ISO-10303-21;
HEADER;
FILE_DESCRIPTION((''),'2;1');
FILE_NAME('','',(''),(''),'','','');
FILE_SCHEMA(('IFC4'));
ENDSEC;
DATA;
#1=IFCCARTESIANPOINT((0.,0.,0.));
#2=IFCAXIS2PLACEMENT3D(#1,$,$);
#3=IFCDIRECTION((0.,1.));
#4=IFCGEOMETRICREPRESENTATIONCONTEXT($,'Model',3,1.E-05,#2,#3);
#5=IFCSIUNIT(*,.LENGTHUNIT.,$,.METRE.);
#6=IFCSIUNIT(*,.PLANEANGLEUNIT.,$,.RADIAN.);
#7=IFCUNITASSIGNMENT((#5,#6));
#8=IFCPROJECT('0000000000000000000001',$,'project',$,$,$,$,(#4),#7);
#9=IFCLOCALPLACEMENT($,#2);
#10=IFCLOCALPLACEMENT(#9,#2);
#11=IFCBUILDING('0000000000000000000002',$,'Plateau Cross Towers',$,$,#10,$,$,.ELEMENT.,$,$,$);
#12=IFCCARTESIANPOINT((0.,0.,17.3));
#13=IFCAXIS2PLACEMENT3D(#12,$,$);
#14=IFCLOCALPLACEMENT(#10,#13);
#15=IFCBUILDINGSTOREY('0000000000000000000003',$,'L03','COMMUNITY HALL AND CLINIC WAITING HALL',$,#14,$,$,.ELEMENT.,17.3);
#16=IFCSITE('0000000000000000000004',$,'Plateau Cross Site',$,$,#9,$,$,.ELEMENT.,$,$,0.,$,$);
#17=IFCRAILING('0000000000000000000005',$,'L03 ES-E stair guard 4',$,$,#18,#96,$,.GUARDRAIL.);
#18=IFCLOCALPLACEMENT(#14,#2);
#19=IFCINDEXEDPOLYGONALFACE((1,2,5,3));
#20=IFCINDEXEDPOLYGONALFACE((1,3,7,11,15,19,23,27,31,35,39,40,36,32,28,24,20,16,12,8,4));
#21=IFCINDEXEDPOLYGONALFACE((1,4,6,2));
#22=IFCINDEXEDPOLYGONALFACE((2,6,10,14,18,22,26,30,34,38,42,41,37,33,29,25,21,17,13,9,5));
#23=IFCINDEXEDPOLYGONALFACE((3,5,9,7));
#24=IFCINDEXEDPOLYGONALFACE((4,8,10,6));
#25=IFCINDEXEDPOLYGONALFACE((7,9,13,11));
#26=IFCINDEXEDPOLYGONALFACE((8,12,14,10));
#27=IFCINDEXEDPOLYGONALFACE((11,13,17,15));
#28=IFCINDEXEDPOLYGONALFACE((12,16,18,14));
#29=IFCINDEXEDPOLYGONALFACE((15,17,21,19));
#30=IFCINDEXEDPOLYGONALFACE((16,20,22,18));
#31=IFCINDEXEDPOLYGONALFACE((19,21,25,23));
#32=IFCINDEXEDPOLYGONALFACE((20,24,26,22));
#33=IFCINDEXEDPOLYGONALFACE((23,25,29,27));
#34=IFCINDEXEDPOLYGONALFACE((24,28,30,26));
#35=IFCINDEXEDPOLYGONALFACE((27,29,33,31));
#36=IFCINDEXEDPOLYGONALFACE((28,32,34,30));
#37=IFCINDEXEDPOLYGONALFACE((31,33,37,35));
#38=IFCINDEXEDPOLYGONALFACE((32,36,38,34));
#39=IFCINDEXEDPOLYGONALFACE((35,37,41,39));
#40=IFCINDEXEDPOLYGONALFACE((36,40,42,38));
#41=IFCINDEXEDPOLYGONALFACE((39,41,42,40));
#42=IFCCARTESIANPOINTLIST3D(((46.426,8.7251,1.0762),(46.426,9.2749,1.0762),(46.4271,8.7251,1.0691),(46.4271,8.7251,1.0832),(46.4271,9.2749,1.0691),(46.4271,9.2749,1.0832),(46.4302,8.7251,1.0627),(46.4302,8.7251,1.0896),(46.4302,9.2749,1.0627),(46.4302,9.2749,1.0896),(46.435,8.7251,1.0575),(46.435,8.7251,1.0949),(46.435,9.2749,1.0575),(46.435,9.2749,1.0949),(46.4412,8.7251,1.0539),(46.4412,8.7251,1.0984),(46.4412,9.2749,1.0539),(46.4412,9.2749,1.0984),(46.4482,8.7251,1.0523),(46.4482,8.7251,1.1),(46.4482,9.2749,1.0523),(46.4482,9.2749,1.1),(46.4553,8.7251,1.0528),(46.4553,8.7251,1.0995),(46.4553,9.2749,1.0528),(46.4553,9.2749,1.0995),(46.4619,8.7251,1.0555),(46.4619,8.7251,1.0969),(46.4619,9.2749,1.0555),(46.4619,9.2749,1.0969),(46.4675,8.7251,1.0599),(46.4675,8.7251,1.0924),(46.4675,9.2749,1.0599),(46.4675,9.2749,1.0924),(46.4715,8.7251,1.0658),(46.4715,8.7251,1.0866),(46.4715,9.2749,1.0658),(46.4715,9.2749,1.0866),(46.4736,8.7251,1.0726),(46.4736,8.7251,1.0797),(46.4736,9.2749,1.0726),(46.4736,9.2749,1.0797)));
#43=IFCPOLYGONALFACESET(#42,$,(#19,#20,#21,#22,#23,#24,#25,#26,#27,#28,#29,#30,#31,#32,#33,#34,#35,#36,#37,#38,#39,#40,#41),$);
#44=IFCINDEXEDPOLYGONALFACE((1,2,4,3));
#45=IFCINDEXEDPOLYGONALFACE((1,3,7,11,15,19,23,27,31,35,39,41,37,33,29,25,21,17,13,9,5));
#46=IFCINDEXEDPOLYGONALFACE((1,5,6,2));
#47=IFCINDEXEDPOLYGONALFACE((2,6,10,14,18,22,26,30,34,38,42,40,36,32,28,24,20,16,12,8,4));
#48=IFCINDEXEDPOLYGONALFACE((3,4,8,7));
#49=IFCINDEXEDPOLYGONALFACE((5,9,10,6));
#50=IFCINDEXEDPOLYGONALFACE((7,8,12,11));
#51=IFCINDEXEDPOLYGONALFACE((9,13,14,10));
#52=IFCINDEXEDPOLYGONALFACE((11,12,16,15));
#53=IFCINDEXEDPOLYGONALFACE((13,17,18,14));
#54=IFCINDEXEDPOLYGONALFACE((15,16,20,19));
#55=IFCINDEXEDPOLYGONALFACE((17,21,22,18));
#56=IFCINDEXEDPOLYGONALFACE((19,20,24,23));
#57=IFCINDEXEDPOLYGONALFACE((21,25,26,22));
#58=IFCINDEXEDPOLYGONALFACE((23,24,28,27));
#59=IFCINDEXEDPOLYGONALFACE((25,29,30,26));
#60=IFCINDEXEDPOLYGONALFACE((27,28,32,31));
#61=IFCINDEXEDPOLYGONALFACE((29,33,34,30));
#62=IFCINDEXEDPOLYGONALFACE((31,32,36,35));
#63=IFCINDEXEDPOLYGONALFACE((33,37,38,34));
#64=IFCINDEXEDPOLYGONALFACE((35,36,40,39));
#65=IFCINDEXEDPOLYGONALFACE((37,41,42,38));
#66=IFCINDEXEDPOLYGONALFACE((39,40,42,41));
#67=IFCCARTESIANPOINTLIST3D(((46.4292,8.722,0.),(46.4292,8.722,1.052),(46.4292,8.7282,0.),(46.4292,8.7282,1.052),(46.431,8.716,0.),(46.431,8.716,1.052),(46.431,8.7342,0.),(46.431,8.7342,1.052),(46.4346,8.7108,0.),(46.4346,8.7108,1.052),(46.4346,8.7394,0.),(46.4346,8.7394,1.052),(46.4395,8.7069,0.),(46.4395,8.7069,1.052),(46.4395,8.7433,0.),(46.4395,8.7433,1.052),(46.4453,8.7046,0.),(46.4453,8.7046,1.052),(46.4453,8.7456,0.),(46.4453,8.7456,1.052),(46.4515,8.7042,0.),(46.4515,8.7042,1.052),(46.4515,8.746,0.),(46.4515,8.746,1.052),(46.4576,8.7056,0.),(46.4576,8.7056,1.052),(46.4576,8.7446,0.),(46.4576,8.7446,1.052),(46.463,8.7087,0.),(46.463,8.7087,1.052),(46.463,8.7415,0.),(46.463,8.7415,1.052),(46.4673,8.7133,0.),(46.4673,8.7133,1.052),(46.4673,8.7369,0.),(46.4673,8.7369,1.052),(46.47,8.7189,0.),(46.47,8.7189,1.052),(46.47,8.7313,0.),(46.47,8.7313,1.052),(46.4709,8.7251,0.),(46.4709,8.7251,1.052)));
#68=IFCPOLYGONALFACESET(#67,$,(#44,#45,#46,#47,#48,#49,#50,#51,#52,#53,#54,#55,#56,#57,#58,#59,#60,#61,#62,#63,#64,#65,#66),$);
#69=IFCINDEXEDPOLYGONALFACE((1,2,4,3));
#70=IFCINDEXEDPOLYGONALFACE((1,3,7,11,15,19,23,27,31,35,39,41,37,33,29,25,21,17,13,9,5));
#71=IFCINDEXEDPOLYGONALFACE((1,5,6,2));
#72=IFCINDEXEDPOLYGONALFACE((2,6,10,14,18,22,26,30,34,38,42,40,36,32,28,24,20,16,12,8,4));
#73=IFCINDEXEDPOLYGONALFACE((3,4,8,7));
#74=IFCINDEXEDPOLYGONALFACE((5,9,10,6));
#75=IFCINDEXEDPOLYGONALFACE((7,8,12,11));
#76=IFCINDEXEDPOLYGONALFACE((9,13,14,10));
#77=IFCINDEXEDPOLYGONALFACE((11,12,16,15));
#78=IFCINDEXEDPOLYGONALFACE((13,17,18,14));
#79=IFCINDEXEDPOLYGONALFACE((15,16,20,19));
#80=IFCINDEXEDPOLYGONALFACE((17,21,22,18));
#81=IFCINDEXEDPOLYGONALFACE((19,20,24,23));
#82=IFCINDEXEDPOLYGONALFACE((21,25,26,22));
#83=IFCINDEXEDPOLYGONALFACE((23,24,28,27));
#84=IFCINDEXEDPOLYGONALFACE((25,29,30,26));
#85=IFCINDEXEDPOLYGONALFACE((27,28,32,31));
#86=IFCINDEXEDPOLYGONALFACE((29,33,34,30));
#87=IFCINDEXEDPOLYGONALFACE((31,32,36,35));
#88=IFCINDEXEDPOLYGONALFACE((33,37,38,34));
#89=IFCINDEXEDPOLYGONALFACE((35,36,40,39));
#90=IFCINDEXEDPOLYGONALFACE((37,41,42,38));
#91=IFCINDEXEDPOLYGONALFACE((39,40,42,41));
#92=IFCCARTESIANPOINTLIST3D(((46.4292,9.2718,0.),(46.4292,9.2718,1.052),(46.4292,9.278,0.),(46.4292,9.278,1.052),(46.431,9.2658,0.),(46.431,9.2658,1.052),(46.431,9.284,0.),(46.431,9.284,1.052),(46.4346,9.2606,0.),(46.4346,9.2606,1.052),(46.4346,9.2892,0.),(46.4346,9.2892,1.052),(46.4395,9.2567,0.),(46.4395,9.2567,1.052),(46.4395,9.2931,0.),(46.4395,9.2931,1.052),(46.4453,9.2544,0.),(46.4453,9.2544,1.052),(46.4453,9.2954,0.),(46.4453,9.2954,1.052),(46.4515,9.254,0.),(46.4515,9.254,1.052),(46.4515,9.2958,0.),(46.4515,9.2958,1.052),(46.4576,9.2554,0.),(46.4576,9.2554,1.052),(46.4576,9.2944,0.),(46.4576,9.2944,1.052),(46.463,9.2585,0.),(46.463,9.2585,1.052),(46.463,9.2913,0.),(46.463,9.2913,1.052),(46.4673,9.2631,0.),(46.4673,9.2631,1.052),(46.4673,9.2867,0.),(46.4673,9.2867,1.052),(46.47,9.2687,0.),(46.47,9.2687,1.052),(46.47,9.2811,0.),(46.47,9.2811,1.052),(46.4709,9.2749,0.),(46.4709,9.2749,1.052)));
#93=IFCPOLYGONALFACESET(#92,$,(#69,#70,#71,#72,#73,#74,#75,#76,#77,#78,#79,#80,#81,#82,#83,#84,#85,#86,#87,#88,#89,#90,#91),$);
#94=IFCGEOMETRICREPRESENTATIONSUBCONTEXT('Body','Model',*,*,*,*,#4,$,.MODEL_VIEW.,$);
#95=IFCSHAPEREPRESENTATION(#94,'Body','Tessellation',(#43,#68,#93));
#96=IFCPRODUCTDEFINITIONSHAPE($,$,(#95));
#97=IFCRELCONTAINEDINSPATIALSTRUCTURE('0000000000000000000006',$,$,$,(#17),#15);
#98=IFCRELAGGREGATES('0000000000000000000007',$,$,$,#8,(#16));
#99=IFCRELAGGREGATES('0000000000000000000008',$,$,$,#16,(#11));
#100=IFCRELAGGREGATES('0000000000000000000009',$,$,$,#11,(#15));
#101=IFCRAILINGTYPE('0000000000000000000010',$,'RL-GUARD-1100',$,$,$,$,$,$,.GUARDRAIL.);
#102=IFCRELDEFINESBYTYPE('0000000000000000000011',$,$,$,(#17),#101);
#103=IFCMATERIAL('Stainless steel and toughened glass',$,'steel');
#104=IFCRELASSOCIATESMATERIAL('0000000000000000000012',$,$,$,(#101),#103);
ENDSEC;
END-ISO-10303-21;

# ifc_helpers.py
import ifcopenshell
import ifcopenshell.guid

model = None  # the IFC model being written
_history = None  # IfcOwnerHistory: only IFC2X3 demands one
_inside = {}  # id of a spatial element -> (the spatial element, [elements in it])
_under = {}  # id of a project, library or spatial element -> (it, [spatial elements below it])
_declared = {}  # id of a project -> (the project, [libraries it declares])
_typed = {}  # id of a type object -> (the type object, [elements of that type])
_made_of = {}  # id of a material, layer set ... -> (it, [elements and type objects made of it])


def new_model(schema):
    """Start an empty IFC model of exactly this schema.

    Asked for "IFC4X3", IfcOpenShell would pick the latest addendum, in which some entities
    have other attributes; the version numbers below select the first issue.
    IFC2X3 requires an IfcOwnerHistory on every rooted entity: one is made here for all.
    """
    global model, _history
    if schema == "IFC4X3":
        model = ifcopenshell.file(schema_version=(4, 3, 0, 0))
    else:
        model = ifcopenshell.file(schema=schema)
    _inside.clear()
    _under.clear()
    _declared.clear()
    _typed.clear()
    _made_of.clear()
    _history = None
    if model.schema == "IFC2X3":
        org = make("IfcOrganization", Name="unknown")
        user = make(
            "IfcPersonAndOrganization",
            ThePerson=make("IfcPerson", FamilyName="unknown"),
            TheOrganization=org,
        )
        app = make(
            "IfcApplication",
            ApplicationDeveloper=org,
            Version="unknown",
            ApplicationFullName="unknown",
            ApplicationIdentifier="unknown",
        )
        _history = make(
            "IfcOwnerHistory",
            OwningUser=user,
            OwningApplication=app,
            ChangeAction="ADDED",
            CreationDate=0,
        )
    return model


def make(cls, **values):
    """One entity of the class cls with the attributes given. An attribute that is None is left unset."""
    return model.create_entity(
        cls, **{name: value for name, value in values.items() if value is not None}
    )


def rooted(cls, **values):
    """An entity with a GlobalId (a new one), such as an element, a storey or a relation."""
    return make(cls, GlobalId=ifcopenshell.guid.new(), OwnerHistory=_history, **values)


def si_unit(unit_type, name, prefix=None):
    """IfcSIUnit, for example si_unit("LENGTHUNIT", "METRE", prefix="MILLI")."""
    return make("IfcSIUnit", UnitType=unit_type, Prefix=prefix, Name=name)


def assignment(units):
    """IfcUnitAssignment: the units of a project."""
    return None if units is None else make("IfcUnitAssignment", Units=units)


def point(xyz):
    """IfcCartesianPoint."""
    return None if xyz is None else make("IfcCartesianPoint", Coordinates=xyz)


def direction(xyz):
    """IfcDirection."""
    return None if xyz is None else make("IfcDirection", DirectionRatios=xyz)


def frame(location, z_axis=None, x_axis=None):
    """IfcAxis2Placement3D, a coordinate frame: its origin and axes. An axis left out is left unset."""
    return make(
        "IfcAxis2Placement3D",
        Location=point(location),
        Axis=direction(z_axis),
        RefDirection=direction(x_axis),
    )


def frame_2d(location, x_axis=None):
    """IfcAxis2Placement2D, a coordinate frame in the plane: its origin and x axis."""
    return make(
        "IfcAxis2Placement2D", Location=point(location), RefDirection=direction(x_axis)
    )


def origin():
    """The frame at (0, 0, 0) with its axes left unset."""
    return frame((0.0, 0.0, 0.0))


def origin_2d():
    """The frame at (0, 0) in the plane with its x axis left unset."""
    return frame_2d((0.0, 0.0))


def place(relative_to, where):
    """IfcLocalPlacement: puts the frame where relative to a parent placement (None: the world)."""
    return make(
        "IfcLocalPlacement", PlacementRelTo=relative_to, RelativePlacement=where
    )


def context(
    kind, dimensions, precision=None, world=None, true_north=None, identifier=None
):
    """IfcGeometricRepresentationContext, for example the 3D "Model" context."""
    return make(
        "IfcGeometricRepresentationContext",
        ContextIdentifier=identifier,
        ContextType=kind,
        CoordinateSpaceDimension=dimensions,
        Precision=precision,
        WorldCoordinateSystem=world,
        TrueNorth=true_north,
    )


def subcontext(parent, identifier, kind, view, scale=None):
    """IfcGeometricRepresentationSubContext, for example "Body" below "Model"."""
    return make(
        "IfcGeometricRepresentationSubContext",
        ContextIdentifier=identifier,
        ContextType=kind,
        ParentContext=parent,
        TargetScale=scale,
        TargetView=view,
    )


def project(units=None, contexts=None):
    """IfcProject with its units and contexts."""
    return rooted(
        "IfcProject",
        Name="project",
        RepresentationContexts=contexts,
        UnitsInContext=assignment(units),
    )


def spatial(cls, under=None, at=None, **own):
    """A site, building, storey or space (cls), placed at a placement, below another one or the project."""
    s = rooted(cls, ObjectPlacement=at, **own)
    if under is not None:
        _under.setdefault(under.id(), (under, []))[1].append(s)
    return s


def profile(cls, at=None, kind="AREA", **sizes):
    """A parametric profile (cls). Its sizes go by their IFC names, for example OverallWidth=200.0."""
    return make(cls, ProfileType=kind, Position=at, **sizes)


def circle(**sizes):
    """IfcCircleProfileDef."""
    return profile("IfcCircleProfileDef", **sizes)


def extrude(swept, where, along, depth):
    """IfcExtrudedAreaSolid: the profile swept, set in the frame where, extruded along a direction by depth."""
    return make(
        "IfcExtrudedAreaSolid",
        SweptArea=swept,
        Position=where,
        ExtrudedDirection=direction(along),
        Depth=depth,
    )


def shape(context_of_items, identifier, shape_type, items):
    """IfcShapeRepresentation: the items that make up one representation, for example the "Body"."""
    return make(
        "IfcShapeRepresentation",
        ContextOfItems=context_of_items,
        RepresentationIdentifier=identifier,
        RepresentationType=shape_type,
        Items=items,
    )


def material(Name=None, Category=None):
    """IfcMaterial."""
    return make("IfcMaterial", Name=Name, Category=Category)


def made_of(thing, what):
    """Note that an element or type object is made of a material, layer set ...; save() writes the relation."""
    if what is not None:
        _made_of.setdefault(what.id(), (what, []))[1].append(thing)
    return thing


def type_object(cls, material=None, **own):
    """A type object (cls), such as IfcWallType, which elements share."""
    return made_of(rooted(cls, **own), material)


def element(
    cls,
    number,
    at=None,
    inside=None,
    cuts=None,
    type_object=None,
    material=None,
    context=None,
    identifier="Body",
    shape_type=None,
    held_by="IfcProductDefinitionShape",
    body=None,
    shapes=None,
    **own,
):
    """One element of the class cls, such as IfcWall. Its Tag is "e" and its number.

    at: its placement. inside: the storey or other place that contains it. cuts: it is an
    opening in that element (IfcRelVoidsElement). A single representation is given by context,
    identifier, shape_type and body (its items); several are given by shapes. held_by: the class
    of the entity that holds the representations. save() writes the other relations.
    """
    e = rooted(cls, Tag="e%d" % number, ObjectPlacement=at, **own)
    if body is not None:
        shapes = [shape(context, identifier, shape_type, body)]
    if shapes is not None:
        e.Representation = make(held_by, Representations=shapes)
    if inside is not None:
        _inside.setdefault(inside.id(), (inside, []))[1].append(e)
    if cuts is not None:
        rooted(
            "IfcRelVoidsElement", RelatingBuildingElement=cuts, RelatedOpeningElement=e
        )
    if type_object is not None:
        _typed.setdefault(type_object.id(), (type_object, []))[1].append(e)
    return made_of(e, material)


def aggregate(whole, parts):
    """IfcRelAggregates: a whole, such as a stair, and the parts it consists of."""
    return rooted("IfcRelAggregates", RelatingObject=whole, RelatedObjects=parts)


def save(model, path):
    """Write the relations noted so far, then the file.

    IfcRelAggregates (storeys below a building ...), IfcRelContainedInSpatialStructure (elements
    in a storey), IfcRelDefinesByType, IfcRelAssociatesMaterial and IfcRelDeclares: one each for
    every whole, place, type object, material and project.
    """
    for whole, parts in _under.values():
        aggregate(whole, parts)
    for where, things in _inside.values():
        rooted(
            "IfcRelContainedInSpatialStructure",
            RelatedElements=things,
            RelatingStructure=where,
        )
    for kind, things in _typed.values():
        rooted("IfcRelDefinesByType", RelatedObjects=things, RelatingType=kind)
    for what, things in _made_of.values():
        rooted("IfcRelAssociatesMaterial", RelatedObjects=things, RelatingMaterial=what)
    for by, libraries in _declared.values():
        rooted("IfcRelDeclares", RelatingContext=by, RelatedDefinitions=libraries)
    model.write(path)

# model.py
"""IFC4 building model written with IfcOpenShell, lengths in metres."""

from ifc_helpers import new_model, si_unit, direction, frame, origin, origin_2d, place, context, subcontext, project, spatial, circle, extrude, material, type_object, element, save


model = new_model("IFC4")

# Units and contexts
model_context = context("Model", 3, precision=1e-05, world=origin(), true_north=direction((0.0, 1.0)))
body_context = subcontext(model_context, "Body", "Model", "MODEL_VIEW")
ifc_project = project(units=[si_unit("LENGTHUNIT", "METRE"), si_unit("PLANEANGLEUNIT", "RADIAN")], contexts=[model_context])

# Site, building, storey
site_placement = place(None, origin())
site = spatial("IfcSite", under=ifc_project, at=site_placement, Name="Plateau Cross Site", CompositionType="ELEMENT", RefElevation=0.0)
building_placement = place(site_placement, origin())
building = spatial("IfcBuilding", under=site, at=building_placement, Name="Plateau Cross Towers", CompositionType="ELEMENT")
storey_placement = place(building_placement, frame((0.0, 0.0, 17.3)))
storey = spatial("IfcBuildingStorey", under=building, at=storey_placement, Name="L03", Description="COMMUNITY HALL AND CLINIC WAITING HALL", CompositionType="ELEMENT", Elevation=17.3)

# Railing
ifc_material_1 = material(Name="Stainless steel and toughened glass", Category="steel")
railing_type_1 = type_object("IfcRailingType", Name="RL-GUARD-1100", PredefinedType="GUARDRAIL", material=ifc_material_1)
railing_1_placement = place(storey_placement, frame((46.45, 8.7251, 0.0)))
element("IfcRailing", 1, at=railing_1_placement, inside=storey, type_object=railing_type_1, Name="L03 ES-E stair guard 4", PredefinedType="GUARDRAIL", context=body_context, shape_type="SweptSolid", body=[
    extrude(circle(Radius=0.0239, at=origin_2d()), frame((0.0, 0.0, 1.0762), z_axis=(0.0, 1.0, 0.0), x_axis=(-1.0, 0.0, 0.0)), (0.0, 0.0, 1.0), 0.5498),
    extrude(circle(Radius=0.021, at=origin_2d()), origin(), (0.0, 0.0, 1.0), 1.052),
    extrude(circle(Radius=0.021, at=origin_2d()), frame((0.0, 0.5498, 0.0)), (0.0, 0.0, 1.0), 1.052),
])

save(model, "model.ifc")
